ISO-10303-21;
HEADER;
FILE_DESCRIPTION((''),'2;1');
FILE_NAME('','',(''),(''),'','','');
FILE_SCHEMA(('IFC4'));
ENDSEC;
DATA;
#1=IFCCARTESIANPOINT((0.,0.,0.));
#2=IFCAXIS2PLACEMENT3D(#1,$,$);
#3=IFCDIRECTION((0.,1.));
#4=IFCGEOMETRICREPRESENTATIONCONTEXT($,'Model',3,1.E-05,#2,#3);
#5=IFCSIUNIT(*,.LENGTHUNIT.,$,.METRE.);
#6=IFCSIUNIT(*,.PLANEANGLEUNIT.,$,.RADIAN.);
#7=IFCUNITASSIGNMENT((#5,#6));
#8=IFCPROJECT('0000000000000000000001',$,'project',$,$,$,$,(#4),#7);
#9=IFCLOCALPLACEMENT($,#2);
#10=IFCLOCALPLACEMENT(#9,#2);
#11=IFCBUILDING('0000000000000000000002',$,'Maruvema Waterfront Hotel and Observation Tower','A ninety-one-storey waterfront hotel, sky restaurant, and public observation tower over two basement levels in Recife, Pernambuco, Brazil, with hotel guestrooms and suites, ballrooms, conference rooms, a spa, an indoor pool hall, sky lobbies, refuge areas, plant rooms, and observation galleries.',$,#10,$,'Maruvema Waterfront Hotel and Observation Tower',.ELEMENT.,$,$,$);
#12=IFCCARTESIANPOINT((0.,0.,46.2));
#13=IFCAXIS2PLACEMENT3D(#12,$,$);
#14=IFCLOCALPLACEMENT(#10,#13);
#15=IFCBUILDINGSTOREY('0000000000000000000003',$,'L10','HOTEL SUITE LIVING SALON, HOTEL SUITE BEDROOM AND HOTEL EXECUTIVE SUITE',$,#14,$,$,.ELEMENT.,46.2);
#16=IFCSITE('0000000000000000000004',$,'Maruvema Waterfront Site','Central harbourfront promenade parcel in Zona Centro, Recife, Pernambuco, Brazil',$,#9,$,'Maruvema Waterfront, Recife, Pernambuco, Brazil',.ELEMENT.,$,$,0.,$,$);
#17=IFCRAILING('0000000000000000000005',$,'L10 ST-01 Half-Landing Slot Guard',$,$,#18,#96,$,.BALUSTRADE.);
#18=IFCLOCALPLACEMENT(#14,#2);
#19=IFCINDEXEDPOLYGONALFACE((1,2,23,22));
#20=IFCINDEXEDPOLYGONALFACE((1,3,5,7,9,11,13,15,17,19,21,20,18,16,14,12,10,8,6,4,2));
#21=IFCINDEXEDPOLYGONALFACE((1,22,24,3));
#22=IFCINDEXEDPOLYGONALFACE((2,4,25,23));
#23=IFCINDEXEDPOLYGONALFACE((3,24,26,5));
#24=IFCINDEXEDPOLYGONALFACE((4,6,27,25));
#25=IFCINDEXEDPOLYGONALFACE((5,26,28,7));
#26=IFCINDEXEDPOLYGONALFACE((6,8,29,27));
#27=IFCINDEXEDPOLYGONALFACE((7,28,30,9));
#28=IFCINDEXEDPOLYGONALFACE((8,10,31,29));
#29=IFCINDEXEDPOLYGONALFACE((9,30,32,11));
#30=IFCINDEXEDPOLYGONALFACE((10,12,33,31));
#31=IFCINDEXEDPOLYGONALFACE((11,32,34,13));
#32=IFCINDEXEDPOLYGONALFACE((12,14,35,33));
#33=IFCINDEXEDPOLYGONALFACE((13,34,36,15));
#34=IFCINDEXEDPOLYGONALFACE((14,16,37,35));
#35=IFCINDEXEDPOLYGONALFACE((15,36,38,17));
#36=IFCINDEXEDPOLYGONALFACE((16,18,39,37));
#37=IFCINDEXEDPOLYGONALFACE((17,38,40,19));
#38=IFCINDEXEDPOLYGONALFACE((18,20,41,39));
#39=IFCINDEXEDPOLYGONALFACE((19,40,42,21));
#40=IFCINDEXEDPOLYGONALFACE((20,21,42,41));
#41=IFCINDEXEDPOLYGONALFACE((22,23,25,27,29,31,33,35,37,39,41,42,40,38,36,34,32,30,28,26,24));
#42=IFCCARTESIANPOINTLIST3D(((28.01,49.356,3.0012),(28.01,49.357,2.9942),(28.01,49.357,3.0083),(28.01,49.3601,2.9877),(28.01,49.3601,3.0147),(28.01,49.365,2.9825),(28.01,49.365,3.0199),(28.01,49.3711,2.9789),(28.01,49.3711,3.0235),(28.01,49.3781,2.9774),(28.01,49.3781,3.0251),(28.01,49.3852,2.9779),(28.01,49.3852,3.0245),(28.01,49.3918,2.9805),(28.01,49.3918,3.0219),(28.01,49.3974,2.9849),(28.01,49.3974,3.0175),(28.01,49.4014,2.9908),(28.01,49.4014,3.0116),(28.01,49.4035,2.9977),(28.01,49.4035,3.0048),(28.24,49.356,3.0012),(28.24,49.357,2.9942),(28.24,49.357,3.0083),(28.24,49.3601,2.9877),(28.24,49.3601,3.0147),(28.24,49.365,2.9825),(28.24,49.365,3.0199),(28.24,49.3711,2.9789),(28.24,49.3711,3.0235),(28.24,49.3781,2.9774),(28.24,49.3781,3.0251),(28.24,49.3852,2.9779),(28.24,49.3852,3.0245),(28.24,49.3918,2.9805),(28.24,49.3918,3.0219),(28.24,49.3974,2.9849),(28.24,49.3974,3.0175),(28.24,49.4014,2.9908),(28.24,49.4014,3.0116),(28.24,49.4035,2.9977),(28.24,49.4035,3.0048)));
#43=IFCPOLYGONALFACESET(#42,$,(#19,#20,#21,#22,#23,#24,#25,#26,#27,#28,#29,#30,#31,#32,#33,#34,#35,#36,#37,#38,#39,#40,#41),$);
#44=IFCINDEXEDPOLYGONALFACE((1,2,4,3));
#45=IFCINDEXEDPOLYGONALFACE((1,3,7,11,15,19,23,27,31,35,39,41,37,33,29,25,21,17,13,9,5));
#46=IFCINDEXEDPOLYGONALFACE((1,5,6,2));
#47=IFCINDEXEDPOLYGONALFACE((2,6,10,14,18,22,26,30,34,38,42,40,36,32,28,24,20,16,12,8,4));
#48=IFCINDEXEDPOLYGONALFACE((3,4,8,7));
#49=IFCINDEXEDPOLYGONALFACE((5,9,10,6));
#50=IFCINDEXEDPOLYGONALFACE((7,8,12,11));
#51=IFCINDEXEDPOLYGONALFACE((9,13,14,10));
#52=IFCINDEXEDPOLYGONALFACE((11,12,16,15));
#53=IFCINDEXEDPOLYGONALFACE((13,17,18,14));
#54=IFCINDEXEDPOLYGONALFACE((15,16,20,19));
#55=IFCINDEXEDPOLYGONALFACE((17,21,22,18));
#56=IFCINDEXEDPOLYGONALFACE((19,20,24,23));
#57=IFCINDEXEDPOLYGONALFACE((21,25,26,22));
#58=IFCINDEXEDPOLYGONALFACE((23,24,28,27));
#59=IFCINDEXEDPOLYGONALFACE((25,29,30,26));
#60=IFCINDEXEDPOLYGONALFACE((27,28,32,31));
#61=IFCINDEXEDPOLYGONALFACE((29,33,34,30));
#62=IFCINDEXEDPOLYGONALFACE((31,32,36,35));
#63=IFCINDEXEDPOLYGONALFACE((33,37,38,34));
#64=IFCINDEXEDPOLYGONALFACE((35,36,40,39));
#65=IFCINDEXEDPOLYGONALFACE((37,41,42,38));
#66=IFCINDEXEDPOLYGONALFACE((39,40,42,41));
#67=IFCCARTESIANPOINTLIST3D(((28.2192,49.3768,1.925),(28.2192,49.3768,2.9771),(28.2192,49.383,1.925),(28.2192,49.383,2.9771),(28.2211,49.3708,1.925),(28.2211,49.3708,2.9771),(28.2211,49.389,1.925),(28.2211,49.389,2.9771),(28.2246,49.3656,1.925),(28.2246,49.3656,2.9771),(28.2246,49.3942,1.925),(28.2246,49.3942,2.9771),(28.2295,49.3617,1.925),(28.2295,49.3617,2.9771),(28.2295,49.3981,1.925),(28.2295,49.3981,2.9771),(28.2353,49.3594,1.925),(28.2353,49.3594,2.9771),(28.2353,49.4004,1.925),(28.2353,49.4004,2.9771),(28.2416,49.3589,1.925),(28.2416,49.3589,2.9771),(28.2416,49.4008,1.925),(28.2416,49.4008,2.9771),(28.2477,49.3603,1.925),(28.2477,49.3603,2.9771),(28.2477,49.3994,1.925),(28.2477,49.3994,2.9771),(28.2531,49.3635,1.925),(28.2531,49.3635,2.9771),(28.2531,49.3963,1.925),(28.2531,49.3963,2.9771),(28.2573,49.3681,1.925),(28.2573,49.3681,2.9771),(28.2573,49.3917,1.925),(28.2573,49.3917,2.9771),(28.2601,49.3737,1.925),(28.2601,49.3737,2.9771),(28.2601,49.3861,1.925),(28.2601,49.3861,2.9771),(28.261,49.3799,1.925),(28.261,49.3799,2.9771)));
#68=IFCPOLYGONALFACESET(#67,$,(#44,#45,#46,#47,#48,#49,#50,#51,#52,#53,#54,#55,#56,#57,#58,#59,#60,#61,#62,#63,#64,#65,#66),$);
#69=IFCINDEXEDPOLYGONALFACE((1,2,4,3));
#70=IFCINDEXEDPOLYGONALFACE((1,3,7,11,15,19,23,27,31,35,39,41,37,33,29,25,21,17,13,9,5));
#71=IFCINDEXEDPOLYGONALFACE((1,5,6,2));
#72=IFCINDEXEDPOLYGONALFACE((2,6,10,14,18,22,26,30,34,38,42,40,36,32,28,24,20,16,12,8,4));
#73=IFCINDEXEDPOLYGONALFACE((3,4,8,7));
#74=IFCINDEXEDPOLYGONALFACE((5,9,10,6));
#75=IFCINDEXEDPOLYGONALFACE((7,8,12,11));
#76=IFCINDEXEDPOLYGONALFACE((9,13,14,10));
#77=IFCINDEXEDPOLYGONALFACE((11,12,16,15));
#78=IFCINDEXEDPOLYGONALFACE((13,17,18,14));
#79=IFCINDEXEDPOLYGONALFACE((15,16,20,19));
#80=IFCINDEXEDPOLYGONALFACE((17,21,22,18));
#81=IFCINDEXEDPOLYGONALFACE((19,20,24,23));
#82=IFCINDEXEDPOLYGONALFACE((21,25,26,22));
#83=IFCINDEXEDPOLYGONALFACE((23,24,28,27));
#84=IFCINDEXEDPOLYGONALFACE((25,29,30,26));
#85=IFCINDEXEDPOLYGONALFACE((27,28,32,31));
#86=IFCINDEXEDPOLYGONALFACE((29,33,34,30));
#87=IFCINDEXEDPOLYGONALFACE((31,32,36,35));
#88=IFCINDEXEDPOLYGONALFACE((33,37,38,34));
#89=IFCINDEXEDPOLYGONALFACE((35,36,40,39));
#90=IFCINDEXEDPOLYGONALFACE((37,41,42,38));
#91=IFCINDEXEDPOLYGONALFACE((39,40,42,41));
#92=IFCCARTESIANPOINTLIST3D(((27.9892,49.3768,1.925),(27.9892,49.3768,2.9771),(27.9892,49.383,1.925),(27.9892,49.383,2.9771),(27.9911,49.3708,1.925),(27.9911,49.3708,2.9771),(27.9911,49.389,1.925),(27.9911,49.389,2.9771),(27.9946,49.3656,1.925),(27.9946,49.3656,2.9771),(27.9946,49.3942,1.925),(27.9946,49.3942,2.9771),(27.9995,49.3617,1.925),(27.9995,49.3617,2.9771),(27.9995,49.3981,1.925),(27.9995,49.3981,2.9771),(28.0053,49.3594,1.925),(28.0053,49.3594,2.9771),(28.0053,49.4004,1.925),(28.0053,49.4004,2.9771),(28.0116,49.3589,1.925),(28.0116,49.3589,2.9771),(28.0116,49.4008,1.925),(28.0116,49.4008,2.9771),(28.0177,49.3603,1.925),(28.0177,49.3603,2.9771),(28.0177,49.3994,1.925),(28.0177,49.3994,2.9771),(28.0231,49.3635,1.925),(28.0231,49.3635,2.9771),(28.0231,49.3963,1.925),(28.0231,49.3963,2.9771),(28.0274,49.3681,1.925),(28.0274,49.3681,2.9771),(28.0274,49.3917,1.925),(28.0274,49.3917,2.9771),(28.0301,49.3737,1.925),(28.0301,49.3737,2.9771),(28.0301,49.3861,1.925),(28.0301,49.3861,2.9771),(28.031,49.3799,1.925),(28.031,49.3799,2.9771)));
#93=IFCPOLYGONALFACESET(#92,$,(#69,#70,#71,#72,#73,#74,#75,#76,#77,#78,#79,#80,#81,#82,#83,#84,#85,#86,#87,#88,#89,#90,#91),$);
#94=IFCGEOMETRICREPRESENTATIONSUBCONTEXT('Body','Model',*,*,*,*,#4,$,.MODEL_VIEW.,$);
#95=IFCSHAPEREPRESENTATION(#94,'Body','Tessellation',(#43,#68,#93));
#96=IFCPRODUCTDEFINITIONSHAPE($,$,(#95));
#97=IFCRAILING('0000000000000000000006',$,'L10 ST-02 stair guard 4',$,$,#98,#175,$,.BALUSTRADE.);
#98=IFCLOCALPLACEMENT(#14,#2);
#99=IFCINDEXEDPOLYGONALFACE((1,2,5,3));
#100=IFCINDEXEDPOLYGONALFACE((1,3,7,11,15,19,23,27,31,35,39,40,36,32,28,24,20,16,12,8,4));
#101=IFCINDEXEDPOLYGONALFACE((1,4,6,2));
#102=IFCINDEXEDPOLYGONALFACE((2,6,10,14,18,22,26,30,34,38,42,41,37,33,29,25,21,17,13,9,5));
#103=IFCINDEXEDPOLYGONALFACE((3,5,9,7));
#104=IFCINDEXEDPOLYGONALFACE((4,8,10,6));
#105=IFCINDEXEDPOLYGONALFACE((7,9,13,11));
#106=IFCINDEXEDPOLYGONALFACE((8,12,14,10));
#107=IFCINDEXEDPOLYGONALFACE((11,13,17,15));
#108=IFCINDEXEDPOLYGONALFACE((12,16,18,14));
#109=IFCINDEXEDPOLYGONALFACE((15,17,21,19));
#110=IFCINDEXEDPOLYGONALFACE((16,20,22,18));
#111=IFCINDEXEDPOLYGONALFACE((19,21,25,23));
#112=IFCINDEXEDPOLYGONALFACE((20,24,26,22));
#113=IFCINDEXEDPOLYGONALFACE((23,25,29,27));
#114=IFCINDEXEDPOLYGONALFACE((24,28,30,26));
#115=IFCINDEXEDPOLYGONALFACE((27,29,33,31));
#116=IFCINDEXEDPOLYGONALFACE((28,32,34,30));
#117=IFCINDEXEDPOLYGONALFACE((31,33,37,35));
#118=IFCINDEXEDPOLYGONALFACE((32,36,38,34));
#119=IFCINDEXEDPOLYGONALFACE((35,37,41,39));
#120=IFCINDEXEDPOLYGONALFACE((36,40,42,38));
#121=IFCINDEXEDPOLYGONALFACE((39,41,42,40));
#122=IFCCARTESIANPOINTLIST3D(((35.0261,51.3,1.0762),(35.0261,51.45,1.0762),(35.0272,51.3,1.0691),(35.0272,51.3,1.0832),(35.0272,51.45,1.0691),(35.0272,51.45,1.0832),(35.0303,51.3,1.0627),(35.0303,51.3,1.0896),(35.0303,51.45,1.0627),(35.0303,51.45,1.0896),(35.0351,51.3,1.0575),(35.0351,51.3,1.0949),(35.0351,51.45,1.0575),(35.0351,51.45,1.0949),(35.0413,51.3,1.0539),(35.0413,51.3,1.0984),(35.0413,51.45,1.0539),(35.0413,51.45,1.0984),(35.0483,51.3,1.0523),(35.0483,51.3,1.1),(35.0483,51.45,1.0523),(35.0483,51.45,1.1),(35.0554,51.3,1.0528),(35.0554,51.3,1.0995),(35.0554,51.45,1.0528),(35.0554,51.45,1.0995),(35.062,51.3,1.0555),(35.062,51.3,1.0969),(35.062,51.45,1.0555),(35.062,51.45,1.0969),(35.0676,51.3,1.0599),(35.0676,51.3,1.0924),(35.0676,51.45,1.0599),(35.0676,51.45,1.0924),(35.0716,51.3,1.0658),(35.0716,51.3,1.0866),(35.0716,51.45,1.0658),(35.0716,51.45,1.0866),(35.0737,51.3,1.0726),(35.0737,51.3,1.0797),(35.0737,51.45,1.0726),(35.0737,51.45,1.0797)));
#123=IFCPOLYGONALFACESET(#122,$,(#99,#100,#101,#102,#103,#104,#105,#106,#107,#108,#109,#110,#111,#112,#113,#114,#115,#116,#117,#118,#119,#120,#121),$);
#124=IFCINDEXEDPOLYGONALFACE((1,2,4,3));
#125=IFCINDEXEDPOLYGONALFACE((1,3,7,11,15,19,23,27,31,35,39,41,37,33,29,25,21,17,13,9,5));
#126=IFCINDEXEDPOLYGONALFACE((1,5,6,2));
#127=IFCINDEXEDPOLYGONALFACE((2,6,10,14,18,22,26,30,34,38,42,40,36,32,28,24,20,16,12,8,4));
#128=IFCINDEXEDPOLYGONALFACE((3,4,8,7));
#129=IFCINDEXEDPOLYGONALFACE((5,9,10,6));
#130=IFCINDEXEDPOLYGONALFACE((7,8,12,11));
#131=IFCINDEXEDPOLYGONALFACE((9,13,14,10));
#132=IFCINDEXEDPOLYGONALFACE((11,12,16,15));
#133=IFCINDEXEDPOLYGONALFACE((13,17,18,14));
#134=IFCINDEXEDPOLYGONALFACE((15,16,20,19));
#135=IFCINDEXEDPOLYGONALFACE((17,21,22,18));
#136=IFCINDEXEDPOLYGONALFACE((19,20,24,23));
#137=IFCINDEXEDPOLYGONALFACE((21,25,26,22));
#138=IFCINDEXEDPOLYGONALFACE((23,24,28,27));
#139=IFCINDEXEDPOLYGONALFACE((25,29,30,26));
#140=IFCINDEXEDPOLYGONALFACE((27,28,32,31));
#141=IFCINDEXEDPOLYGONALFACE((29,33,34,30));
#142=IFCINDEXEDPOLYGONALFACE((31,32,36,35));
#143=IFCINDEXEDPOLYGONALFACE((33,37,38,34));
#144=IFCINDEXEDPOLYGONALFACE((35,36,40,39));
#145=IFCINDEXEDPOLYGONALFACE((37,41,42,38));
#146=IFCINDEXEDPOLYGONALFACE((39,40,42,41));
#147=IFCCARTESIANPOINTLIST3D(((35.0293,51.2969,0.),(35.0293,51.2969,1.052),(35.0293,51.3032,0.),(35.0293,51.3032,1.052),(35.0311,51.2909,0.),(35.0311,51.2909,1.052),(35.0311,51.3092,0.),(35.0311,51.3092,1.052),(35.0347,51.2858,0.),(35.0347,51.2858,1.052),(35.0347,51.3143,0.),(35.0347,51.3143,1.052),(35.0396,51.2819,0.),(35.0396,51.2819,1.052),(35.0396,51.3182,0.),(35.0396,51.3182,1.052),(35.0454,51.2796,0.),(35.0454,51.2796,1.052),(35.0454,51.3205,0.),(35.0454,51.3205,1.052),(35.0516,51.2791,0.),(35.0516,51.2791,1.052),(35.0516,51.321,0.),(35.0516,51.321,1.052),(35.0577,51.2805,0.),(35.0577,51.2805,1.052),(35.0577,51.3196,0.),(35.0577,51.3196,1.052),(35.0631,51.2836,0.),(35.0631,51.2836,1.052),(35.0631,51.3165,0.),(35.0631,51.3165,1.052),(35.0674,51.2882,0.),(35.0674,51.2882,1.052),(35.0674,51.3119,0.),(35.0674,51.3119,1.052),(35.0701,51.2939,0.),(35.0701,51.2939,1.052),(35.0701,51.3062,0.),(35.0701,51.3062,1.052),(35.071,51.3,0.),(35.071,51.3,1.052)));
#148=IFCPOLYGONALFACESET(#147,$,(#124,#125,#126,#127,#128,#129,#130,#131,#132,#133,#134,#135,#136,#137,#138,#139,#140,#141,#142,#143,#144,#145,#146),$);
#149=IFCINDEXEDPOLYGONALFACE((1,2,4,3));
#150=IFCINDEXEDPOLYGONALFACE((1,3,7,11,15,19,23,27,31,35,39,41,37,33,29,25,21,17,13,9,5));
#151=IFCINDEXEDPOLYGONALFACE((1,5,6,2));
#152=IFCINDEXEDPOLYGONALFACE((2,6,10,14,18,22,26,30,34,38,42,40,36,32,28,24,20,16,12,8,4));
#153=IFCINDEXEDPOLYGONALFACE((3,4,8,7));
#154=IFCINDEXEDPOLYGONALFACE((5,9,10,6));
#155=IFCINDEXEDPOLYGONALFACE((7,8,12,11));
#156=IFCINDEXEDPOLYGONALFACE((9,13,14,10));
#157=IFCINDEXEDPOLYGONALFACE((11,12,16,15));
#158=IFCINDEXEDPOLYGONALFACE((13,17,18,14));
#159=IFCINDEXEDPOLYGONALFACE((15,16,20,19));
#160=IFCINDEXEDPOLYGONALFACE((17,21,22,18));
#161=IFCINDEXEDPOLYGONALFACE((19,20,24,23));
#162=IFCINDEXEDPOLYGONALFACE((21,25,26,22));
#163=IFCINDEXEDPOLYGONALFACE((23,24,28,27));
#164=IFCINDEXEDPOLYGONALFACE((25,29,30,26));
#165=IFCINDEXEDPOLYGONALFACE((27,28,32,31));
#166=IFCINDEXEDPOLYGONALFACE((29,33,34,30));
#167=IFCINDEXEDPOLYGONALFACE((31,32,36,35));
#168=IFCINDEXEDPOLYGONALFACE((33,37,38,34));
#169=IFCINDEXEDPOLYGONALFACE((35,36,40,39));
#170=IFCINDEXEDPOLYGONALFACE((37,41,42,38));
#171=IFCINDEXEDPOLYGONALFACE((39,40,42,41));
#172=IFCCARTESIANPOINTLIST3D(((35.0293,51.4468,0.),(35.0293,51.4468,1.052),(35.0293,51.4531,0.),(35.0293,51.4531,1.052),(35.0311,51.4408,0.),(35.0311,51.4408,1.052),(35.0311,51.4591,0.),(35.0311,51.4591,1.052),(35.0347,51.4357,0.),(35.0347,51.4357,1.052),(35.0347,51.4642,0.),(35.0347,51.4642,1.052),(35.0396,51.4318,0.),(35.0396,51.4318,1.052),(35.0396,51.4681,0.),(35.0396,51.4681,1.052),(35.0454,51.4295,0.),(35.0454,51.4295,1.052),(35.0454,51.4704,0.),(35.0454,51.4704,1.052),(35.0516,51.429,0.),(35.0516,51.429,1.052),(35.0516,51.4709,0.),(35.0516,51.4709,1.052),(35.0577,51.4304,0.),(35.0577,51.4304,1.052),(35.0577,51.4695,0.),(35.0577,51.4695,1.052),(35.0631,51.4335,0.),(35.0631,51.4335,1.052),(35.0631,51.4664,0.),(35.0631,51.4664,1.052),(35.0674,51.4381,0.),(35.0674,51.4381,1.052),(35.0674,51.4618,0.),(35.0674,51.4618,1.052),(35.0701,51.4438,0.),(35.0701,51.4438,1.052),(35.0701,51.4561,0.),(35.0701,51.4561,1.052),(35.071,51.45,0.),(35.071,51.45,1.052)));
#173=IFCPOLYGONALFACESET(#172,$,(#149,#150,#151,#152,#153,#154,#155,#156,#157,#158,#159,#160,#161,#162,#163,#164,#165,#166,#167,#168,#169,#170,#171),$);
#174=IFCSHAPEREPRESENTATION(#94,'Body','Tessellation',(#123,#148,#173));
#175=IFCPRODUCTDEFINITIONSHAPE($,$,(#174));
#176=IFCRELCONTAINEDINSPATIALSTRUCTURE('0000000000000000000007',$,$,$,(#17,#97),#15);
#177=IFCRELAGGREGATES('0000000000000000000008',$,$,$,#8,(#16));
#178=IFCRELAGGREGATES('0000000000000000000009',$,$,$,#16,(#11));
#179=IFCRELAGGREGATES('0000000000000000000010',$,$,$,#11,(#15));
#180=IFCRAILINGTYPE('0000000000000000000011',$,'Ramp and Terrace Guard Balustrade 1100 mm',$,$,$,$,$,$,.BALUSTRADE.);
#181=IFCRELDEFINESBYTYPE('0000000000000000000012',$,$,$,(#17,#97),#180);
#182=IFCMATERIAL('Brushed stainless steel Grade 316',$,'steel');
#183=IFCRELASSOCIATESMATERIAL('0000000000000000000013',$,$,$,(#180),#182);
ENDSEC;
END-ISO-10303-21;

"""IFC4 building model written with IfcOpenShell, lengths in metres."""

from ifc_helpers import new_model, si_unit, direction, frame, origin, origin_2d, place, context, subcontext, project, spatial, circle, extrude, material, type_object, element, save


model = new_model("IFC4")

# Units and contexts
model_context = context("Model", 3, precision=1e-05, world=origin(), true_north=direction((0.0, 1.0)))
body_context = subcontext(model_context, "Body", "Model", "MODEL_VIEW")
ifc_project = project(units=[si_unit("LENGTHUNIT", "METRE"), si_unit("PLANEANGLEUNIT", "RADIAN")], contexts=[model_context])

# Site, building, storey
site_placement = place(None, origin())
site = spatial("IfcSite", under=ifc_project, at=site_placement, Name="Maruvema Waterfront Site", Description="Central harbourfront promenade parcel in Zona Centro, Recife, Pernambuco, Brazil", LongName="Maruvema Waterfront, Recife, Pernambuco, Brazil", CompositionType="ELEMENT", RefElevation=0.0)
building_placement = place(site_placement, origin())
building = spatial("IfcBuilding", under=site, at=building_placement, Name="Maruvema Waterfront Hotel and Observation Tower", Description="A ninety-one-storey waterfront hotel, sky restaurant, and public observation tower over two basement levels in Recife, Pernambuco, Brazil, with hotel guestrooms and suites, ballrooms, conference rooms, a spa, an indoor pool hall, sky lobbies, refuge areas, plant rooms, and observation galleries.", LongName="Maruvema Waterfront Hotel and Observation Tower", CompositionType="ELEMENT")
storey_placement = place(building_placement, frame((0.0, 0.0, 46.2)))
storey = spatial("IfcBuildingStorey", under=building, at=storey_placement, Name="L10", Description="HOTEL SUITE LIVING SALON, HOTEL SUITE BEDROOM AND HOTEL EXECUTIVE SUITE", CompositionType="ELEMENT", Elevation=46.2)

# Railings
ifc_material_1 = material(Name="Brushed stainless steel Grade 316", Category="steel")
railing_type_1 = type_object("IfcRailingType", Name="Ramp and Terrace Guard Balustrade 1100 mm", PredefinedType="BALUSTRADE", material=ifc_material_1)
railing_1_placement = place(storey_placement, frame((28.24, 49.3799, 1.925)))
element("IfcRailing", 1, at=railing_1_placement, inside=storey, type_object=railing_type_1, Name="L10 ST-01 Half-Landing Slot Guard", PredefinedType="BALUSTRADE", context=body_context, shape_type="SweptSolid", body=[
    extrude(circle(Radius=0.0239, at=origin_2d()), frame((0.0, 0.0, 1.0762), z_axis=(-1.0, 0.0, 0.0), x_axis=(0.0, -1.0, 0.0)), (0.0, 0.0, 1.0), 0.23),
    extrude(circle(Radius=0.021, at=origin_2d()), origin(), (0.0, 0.0, 1.0), 1.052),
    extrude(circle(Radius=0.021, at=origin_2d()), frame((-0.23, 0.0, 0.0)), (0.0, 0.0, 1.0), 1.052),
])
railing_2_placement = place(storey_placement, frame((35.05, 51.3, 0.0)))
element("IfcRailing", 2, at=railing_2_placement, inside=storey, type_object=railing_type_1, Name="L10 ST-02 stair guard 4", PredefinedType="BALUSTRADE", context=body_context, shape_type="SweptSolid", body=[
    extrude(circle(Radius=0.0239, at=origin_2d()), frame((0.0, 0.0, 1.0762), z_axis=(0.0, 1.0, 0.0), x_axis=(-1.0, 0.0, 0.0)), (0.0, 0.0, 1.0), 0.1499),
    extrude(circle(Radius=0.021, at=origin_2d()), origin(), (0.0, 0.0, 1.0), 1.052),
    extrude(circle(Radius=0.021, at=origin_2d()), frame((0.0, 0.1499, 0.0)), (0.0, 0.0, 1.0), 1.052),
])

save(model, "model.ifc")
